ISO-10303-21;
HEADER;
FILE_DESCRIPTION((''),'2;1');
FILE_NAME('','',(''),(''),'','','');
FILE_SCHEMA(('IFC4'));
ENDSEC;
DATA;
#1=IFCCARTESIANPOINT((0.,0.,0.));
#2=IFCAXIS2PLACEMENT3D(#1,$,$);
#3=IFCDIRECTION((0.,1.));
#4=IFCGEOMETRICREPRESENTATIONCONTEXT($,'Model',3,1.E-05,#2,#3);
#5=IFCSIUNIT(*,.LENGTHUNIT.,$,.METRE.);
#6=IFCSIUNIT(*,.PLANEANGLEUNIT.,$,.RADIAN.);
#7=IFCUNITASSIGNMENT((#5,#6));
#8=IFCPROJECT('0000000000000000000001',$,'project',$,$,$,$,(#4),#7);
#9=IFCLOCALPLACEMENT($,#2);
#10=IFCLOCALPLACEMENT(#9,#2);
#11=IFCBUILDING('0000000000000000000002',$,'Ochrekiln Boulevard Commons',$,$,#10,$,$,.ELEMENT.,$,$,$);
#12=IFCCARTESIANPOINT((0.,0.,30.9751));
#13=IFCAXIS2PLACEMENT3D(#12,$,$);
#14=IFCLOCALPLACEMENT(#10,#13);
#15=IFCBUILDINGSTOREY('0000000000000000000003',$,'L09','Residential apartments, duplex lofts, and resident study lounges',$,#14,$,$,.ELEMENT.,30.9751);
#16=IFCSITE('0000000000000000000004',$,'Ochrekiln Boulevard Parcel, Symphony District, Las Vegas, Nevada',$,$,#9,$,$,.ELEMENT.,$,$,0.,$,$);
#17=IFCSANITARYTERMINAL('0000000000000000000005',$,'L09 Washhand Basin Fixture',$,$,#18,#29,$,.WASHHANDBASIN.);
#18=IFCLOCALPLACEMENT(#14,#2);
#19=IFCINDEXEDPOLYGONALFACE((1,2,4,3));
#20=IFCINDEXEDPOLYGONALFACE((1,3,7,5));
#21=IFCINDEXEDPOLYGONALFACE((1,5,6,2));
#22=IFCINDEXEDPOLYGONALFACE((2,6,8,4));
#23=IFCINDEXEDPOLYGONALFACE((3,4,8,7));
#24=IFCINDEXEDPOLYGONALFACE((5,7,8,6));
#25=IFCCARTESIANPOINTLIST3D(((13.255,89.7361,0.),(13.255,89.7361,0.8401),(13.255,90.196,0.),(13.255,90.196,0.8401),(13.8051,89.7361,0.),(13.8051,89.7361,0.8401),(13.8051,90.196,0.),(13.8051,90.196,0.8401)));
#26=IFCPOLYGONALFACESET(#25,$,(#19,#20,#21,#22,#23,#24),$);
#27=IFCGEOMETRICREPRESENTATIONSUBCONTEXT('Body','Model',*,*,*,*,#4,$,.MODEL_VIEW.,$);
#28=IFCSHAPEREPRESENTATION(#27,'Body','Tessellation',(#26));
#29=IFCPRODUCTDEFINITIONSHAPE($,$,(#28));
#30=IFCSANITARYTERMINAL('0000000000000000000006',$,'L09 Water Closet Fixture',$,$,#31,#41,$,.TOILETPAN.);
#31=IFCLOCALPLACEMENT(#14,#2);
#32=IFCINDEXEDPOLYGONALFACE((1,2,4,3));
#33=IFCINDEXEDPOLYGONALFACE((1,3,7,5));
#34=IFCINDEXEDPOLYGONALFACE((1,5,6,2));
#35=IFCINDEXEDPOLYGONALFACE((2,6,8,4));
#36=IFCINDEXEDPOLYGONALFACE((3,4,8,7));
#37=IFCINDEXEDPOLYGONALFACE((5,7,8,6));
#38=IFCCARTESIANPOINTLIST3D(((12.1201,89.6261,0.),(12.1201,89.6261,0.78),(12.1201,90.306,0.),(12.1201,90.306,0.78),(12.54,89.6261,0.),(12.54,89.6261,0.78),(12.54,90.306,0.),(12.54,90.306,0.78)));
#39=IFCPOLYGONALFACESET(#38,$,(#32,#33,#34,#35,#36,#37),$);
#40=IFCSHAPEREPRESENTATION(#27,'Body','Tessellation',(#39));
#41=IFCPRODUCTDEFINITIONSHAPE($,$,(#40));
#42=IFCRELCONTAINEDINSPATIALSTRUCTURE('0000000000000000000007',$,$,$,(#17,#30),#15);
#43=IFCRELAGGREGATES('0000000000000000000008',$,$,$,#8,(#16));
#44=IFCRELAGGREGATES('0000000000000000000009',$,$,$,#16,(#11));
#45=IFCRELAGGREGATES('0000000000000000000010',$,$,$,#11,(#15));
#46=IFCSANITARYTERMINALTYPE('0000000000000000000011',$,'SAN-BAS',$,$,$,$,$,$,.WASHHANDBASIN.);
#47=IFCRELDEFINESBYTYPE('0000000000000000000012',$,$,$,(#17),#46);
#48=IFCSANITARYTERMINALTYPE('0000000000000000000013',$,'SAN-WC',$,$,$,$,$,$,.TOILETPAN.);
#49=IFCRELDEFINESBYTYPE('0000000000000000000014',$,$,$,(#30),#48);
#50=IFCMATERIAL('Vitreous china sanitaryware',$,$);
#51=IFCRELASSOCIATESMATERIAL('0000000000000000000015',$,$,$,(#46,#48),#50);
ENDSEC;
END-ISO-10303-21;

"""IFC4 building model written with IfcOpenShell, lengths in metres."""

from ifc_helpers import new_model, si_unit, direction, frame, origin, origin_2d, place, context, subcontext, project, spatial, rectangle, extrude, material, type_object, element, save


model = new_model("IFC4")

# Units and contexts
model_context = context("Model", 3, precision=1e-05, world=origin(), true_north=direction((0.0, 1.0)))
body_context = subcontext(model_context, "Body", "Model", "MODEL_VIEW")
ifc_project = project(units=[si_unit("LENGTHUNIT", "METRE"), si_unit("PLANEANGLEUNIT", "RADIAN")], contexts=[model_context])

# Site, building, storey
site_placement = place(None, origin())
site = spatial("IfcSite", under=ifc_project, at=site_placement, Name="Ochrekiln Boulevard Parcel, Symphony District, Las Vegas, Nevada", CompositionType="ELEMENT", RefElevation=0.0)
building_placement = place(site_placement, origin())
building = spatial("IfcBuilding", under=site, at=building_placement, Name="Ochrekiln Boulevard Commons", CompositionType="ELEMENT")
storey_placement = place(building_placement, frame((0.0, 0.0, 30.9751)))
storey = spatial("IfcBuildingStorey", under=building, at=storey_placement, Name="L09", Description="Residential apartments, duplex lofts, and resident study lounges", CompositionType="ELEMENT", Elevation=30.9751)

# Sanitary terminals
ifc_material_1 = material(Name="Vitreous china sanitaryware")
sanitary_terminal_type_1 = type_object("IfcSanitaryTerminalType", Name="SAN-BAS", PredefinedType="WASHHANDBASIN", material=ifc_material_1)
sanitary_terminal_1_placement = place(storey_placement, frame((13.53, 89.9661, 0.0), z_axis=(0.0, 0.0, 1.0), x_axis=(1.0, 0.0, 0.0)))
element("IfcSanitaryTerminal", 1, at=sanitary_terminal_1_placement, inside=storey, type_object=sanitary_terminal_type_1, Name="L09 Washhand Basin Fixture", PredefinedType="WASHHANDBASIN", context=body_context, shape_type="SweptSolid", body=[
    extrude(rectangle(XDim=0.55, YDim=0.46, at=origin_2d()), origin(), (0.0, 0.0, 1.0), 0.8401),
])
sanitary_terminal_type_2 = type_object("IfcSanitaryTerminalType", Name="SAN-WC", PredefinedType="TOILETPAN", material=ifc_material_1)
sanitary_terminal_2_placement = place(storey_placement, frame((12.3301, 89.9661, 0.0), z_axis=(0.0, 0.0, 1.0), x_axis=(1.0, 0.0, 0.0)))
element("IfcSanitaryTerminal", 2, at=sanitary_terminal_2_placement, inside=storey, type_object=sanitary_terminal_type_2, Name="L09 Water Closet Fixture", PredefinedType="TOILETPAN", context=body_context, shape_type="SweptSolid", body=[
    extrude(rectangle(XDim=0.4199, YDim=0.6799, at=origin_2d()), origin(), (0.0, 0.0, 1.0), 0.78),
])

save(model, "model.ifc")
